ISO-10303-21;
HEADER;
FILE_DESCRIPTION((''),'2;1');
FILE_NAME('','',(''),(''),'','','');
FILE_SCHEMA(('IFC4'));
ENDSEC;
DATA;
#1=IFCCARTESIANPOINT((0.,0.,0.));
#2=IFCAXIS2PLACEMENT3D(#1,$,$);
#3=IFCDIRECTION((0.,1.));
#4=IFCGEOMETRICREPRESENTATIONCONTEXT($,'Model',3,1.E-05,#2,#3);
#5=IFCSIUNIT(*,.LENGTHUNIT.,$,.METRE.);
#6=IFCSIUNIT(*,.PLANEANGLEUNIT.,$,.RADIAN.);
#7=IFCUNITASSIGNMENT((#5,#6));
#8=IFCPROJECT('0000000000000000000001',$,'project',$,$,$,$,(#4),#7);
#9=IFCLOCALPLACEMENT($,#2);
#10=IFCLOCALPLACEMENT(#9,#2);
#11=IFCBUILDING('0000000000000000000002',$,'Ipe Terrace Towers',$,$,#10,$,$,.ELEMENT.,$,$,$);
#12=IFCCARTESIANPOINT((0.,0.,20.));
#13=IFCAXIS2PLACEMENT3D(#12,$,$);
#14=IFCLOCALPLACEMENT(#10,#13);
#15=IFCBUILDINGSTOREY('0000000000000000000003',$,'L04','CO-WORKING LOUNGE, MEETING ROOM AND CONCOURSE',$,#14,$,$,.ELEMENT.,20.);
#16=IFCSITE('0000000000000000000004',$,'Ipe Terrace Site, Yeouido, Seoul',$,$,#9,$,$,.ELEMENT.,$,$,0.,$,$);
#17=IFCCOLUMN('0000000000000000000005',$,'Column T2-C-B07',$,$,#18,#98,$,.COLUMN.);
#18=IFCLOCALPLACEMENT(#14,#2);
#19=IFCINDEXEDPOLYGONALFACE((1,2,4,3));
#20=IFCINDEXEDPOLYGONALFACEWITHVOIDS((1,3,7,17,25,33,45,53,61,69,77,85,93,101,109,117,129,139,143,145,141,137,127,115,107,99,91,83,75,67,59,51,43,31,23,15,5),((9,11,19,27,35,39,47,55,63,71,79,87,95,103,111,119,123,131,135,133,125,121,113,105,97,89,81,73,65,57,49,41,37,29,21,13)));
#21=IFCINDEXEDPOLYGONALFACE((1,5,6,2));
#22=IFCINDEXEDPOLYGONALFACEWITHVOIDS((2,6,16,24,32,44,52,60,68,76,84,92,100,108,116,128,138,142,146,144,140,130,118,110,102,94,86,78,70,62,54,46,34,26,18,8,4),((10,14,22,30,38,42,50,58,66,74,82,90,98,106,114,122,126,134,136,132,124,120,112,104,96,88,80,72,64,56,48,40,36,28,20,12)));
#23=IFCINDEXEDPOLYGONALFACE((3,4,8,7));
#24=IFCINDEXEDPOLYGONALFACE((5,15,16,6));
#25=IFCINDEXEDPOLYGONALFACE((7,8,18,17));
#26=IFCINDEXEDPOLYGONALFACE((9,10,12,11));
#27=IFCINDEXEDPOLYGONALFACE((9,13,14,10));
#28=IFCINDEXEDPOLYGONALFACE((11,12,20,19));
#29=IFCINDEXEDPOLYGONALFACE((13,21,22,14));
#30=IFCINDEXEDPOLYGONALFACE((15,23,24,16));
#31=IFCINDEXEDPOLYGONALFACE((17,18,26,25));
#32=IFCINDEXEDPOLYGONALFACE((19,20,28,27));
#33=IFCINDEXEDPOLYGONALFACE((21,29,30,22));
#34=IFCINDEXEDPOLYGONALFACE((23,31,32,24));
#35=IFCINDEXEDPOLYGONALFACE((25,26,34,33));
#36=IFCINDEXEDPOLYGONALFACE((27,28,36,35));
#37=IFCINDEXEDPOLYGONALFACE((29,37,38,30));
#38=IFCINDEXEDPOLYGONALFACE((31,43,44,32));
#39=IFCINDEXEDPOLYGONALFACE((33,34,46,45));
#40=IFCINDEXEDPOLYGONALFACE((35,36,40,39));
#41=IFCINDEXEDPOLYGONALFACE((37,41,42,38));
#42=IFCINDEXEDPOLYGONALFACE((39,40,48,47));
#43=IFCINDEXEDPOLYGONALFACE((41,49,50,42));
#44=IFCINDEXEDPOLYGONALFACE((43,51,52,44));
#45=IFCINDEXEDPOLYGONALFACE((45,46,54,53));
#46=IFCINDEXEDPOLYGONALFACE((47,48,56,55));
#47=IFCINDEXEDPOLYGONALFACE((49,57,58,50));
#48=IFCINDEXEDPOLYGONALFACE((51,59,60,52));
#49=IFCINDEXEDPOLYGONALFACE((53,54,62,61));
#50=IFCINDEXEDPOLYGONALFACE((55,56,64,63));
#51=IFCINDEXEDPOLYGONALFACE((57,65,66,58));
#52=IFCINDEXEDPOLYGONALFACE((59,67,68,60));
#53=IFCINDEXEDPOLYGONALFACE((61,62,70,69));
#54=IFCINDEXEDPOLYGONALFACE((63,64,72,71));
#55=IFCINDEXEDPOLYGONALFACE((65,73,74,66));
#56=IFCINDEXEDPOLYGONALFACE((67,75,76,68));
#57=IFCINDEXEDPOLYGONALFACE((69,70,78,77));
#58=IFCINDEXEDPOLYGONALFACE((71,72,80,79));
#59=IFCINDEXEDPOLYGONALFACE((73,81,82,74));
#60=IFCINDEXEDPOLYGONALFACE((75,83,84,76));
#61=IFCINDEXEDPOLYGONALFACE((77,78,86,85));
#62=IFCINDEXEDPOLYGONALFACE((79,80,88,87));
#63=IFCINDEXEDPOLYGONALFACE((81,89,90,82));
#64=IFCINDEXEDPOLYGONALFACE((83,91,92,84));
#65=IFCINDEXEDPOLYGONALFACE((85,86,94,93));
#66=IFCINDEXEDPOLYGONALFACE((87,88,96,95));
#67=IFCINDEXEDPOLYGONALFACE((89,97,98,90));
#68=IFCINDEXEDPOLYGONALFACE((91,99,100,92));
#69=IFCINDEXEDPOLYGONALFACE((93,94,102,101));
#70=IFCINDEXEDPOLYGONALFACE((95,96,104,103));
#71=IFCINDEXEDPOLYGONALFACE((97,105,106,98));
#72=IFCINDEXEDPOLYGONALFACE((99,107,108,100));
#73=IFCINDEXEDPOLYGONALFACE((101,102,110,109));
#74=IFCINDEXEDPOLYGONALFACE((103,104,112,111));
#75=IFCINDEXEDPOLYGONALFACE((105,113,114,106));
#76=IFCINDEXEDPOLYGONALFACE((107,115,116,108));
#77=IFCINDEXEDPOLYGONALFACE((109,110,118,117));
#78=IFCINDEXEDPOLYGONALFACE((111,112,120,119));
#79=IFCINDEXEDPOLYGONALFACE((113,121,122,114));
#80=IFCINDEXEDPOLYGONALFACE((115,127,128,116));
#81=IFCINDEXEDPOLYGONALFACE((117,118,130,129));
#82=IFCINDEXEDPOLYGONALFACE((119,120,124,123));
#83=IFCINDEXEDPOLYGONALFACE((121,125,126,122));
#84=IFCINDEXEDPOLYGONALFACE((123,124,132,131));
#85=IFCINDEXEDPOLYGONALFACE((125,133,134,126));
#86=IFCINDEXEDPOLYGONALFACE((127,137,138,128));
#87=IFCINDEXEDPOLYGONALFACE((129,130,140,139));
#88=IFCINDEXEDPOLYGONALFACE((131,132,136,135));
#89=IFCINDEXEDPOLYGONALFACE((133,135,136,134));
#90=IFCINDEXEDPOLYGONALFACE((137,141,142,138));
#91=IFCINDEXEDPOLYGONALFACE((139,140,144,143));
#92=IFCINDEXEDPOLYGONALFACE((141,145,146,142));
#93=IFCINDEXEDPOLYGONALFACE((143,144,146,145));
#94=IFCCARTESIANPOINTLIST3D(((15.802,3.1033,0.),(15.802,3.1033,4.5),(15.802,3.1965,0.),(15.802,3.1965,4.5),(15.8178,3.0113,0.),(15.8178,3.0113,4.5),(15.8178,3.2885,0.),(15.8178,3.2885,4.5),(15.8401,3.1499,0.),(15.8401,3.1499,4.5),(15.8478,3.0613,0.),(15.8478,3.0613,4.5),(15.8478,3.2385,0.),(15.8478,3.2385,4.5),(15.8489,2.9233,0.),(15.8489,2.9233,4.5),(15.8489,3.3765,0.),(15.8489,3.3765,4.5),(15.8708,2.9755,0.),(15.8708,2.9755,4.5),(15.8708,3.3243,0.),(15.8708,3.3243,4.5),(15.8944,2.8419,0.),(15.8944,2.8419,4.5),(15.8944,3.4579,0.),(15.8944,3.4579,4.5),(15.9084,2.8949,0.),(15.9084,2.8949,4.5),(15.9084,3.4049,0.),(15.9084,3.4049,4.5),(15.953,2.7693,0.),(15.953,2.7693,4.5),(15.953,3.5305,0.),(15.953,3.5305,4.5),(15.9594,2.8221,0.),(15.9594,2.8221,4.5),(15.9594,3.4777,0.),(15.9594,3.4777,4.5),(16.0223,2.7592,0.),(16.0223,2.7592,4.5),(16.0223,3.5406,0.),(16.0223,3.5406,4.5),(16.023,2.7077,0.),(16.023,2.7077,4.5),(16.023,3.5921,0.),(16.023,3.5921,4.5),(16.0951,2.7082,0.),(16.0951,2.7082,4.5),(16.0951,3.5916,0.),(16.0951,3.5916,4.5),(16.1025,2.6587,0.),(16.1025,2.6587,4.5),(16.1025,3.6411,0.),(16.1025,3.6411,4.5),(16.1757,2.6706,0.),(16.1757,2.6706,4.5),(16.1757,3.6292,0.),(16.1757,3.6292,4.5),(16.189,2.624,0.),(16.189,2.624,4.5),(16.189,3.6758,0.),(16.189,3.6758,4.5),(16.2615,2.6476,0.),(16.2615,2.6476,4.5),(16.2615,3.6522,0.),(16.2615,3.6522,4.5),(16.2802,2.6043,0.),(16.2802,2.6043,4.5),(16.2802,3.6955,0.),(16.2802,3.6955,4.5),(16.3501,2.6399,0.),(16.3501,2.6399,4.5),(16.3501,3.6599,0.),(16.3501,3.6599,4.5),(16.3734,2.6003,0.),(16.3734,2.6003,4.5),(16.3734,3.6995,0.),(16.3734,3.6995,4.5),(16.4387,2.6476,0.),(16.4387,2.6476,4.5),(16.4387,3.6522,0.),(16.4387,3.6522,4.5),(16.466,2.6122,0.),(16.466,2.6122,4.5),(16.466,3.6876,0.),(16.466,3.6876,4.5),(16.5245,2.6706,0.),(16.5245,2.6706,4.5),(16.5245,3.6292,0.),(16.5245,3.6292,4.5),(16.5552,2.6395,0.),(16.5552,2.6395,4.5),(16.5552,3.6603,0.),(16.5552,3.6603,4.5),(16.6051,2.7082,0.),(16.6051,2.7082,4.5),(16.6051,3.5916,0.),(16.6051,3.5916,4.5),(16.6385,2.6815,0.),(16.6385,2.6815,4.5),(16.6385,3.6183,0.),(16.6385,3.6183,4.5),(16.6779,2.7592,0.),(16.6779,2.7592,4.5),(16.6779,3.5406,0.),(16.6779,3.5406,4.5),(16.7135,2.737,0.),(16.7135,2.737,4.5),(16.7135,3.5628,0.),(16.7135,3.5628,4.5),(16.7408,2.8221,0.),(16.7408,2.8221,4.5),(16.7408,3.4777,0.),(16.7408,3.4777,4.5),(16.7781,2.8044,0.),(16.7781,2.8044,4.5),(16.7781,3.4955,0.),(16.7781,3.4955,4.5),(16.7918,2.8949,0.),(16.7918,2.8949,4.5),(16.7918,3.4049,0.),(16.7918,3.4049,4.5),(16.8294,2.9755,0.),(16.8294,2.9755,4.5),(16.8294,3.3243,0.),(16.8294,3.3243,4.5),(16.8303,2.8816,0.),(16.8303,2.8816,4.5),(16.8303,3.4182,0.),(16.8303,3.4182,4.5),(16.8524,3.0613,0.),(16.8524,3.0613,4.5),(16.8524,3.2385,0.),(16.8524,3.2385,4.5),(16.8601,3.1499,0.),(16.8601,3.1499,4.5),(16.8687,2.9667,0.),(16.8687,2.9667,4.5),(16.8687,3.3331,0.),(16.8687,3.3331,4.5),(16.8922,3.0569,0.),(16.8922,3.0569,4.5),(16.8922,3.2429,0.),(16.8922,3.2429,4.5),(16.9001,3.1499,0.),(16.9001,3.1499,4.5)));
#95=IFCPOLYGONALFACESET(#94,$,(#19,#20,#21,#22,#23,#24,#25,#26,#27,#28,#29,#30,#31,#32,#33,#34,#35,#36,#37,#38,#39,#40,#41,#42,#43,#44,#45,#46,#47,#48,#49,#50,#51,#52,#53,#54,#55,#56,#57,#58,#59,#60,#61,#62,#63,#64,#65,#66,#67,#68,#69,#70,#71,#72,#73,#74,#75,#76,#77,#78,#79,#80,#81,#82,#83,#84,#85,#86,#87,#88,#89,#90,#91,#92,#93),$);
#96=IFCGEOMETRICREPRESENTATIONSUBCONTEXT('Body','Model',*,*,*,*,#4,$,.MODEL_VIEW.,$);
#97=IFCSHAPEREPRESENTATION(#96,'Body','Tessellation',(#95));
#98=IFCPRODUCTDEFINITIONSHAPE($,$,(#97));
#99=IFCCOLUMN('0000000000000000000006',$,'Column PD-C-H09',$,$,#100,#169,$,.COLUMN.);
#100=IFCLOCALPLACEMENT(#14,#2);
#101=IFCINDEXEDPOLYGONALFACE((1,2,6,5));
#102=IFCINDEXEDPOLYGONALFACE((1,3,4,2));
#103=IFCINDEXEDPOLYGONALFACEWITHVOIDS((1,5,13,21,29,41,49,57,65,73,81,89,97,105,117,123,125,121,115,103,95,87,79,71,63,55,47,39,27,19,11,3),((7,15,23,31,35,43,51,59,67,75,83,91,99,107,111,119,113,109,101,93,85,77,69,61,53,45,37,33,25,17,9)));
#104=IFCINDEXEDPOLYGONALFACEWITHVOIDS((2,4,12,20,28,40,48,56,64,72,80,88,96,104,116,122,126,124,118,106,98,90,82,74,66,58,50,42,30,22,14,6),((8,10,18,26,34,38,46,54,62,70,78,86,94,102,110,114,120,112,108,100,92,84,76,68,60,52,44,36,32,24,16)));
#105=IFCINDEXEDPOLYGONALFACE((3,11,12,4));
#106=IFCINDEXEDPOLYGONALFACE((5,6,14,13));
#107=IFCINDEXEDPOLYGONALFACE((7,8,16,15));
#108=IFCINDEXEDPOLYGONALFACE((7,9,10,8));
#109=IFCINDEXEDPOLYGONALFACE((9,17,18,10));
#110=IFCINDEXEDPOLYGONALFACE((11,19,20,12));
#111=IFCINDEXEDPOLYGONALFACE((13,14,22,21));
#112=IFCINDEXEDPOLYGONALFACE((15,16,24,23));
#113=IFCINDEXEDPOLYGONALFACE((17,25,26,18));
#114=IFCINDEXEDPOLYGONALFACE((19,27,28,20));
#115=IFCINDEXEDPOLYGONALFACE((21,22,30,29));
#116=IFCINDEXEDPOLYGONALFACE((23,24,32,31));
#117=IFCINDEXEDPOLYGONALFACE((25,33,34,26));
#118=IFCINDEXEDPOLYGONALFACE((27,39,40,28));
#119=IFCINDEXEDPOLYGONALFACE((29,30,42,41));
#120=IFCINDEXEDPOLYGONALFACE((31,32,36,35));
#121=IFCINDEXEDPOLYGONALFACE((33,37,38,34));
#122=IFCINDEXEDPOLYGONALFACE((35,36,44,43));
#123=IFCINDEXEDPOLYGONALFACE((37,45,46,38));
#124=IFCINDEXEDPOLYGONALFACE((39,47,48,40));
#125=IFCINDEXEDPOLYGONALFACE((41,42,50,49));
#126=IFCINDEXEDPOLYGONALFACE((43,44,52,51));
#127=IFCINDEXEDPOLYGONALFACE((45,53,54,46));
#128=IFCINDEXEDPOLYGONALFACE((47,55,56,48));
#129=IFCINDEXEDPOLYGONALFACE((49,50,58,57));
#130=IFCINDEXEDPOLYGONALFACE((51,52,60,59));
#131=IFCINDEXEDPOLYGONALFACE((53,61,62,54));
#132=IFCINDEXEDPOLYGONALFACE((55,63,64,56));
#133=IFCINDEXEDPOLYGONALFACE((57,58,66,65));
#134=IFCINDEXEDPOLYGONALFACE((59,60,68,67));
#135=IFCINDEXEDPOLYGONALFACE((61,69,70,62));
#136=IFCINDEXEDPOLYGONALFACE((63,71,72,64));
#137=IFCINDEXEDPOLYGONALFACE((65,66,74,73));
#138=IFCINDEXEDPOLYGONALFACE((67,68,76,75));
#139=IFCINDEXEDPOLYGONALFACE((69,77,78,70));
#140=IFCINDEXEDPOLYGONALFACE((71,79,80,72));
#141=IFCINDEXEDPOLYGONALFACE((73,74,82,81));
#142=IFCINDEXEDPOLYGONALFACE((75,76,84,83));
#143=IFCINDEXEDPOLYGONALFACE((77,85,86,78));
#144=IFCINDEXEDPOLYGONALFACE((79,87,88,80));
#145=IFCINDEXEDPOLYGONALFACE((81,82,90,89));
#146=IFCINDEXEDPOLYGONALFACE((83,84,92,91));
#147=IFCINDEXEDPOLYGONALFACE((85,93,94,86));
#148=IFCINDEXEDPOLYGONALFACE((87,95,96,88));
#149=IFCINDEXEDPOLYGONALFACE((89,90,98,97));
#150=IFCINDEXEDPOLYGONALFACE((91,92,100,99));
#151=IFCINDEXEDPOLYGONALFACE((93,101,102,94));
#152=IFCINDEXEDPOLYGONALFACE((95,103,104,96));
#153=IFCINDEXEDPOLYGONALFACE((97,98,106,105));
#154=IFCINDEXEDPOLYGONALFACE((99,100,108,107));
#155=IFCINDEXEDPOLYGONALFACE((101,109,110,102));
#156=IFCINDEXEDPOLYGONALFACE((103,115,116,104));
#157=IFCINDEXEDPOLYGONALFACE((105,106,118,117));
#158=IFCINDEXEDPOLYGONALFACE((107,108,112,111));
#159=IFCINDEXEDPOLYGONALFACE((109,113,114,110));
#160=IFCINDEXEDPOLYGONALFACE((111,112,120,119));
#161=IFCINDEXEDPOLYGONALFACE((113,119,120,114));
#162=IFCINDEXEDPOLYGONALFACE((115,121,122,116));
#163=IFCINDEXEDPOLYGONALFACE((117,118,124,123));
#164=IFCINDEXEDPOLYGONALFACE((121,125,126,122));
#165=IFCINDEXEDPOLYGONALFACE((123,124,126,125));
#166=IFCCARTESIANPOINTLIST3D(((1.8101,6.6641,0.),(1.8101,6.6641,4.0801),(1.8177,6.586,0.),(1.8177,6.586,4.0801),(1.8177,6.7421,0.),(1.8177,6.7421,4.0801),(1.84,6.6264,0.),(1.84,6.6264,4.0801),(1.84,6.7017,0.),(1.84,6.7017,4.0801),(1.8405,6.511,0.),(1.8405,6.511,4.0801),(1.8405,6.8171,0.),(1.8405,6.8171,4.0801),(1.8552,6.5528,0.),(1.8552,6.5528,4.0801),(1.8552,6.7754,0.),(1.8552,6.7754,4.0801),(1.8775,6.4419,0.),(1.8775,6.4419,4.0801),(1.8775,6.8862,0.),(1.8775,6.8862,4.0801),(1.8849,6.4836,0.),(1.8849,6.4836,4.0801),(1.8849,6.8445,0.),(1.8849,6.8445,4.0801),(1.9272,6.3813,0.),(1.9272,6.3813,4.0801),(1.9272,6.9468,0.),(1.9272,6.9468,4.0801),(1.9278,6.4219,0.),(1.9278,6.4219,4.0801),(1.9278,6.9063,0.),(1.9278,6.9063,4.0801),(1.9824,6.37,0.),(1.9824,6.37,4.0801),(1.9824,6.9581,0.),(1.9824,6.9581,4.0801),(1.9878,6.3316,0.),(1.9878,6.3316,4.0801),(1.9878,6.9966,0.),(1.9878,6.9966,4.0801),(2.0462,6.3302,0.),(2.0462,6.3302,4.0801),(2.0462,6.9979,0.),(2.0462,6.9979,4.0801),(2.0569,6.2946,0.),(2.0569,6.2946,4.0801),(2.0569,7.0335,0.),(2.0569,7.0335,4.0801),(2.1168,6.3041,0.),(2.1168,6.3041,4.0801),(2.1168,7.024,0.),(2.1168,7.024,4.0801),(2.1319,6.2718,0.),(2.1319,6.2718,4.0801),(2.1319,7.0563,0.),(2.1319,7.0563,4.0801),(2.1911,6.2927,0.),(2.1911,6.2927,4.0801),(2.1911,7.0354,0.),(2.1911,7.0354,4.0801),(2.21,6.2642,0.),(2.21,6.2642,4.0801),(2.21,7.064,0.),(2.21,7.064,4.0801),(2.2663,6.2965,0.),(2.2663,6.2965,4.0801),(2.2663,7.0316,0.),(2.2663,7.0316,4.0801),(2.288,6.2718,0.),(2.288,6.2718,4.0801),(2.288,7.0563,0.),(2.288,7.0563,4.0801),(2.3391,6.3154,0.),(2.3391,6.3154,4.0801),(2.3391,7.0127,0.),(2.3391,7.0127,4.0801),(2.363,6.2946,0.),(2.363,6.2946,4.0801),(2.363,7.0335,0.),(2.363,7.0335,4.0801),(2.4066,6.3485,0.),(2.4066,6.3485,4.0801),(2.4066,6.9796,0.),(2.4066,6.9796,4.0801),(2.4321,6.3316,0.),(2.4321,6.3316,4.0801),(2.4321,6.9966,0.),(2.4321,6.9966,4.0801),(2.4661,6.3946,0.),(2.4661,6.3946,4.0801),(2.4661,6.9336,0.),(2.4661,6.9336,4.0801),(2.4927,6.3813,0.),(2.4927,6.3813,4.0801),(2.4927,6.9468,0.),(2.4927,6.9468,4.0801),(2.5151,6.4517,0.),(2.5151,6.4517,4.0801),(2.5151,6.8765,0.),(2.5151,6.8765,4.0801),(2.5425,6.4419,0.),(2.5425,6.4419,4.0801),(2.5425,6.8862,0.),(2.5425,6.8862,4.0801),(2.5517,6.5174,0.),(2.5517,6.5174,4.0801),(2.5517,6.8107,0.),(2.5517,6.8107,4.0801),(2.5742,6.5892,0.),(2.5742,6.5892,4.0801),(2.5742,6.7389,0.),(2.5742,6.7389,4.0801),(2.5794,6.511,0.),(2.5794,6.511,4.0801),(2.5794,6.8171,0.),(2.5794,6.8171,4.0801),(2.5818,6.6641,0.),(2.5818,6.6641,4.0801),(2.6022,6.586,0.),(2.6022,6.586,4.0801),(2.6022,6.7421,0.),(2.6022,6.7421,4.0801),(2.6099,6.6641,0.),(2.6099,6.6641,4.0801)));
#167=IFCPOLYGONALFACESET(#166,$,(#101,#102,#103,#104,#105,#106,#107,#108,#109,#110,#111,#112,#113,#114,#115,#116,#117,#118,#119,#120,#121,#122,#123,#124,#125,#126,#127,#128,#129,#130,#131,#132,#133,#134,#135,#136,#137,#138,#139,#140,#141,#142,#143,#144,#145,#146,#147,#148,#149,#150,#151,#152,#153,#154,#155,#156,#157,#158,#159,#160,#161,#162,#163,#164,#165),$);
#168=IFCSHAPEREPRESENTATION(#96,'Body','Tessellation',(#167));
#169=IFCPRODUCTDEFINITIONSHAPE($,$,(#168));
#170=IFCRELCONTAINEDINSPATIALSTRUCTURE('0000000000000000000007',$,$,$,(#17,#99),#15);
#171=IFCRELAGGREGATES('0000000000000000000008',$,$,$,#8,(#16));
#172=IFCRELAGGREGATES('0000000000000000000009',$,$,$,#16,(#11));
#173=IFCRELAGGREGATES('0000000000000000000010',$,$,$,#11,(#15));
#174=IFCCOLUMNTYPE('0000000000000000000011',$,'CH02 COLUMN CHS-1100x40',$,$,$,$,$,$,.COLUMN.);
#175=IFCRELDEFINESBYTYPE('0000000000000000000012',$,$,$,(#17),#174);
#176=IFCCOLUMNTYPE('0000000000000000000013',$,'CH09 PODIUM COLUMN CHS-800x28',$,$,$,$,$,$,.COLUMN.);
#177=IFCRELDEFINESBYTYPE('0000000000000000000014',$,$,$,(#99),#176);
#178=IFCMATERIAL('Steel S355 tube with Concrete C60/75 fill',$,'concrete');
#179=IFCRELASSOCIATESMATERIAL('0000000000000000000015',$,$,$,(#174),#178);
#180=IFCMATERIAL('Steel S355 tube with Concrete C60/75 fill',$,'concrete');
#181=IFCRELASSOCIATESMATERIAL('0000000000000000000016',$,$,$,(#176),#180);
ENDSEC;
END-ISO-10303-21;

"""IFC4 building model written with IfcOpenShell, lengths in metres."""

from ifc_helpers import new_model, si_unit, direction, frame, origin, origin_2d, place, context, subcontext, project, spatial, hollow_circle, extrude, material, material_profile, profile_set, type_object, element, save


model = new_model("IFC4")

# Units and contexts
model_context = context("Model", 3, precision=1e-05, world=origin(), true_north=direction((0.0, 1.0)))
body_context = subcontext(model_context, "Body", "Model", "MODEL_VIEW")
ifc_project = project(units=[si_unit("LENGTHUNIT", "METRE"), si_unit("PLANEANGLEUNIT", "RADIAN")], contexts=[model_context])

# Site, building, storey
site_placement = place(None, origin())
site = spatial("IfcSite", under=ifc_project, at=site_placement, Name="Ipe Terrace Site, Yeouido, Seoul", CompositionType="ELEMENT", RefElevation=0.0)
building_placement = place(site_placement, origin())
building = spatial("IfcBuilding", under=site, at=building_placement, Name="Ipe Terrace Towers", CompositionType="ELEMENT")
storey_placement = place(building_placement, frame((0.0, 0.0, 20.0)))
storey = spatial("IfcBuildingStorey", under=building, at=storey_placement, Name="L04", Description="CO-WORKING LOUNGE, MEETING ROOM AND CONCOURSE", CompositionType="ELEMENT", Elevation=20.0)

# Columns
ifc_material_1 = material(Name="Steel S355 tube with Concrete C60/75 fill", Category="concrete")
ifc_material_profile_1 = material_profile(ifc_material_1, hollow_circle(Radius=0.55, WallThickness=0.04, at=origin_2d()), Name="CHS-1100x40")
ifc_profile_set_1 = profile_set([ifc_material_profile_1], Name="Steel S355 tube with Concrete C60/75 fill")
column_type_1 = type_object("IfcColumnType", Name="CH02 COLUMN CHS-1100x40", PredefinedType="COLUMN", material=ifc_profile_set_1)
column_placement = place(storey_placement, frame((16.3501, 3.1499, 0.0), z_axis=(0.0, 0.0, 1.0), x_axis=(1.0, 0.0, 0.0)))
element("IfcColumn", 1, at=column_placement, inside=storey, type_object=column_type_1, Name="Column T2-C-B07", PredefinedType="COLUMN", context=body_context, shape_type="SweptSolid", body=[
    extrude(hollow_circle(Radius=0.55, WallThickness=0.04, at=origin_2d()), origin(), (0.0, 0.0, 1.0), 4.5),
])
ifc_material_2 = material(Name="Steel S355 tube with Concrete C60/75 fill", Category="concrete")
ifc_material_profile_2 = material_profile(ifc_material_2, hollow_circle(Radius=0.3999, WallThickness=0.0281, at=origin_2d()), Name="CHS-800x28")
ifc_profile_set_2 = profile_set([ifc_material_profile_2], Name="Steel S355 tube with Concrete C60/75 fill")
column_type_2 = type_object("IfcColumnType", Name="CH09 PODIUM COLUMN CHS-800x28", PredefinedType="COLUMN", material=ifc_profile_set_2)
for number, where, z_axis, x_axis, name in (
    (2, (2.21, 6.6641, 0.0), (0.0, 0.0, 1.0), (1.0, 0.0, 0.0), "Column PD-C-H09"),
):
    element("IfcColumn", number, at=place(storey_placement, frame(where, z_axis=z_axis, x_axis=x_axis)), inside=storey, type_object=column_type_2, Name=name, PredefinedType="COLUMN", context=body_context, shape_type="SweptSolid", body=[
        extrude(hollow_circle(Radius=0.3999, WallThickness=0.0281, at=origin_2d()), origin(), (0.0, 0.0, 1.0), 4.0801),
    ])

save(model, "model.ifc")
